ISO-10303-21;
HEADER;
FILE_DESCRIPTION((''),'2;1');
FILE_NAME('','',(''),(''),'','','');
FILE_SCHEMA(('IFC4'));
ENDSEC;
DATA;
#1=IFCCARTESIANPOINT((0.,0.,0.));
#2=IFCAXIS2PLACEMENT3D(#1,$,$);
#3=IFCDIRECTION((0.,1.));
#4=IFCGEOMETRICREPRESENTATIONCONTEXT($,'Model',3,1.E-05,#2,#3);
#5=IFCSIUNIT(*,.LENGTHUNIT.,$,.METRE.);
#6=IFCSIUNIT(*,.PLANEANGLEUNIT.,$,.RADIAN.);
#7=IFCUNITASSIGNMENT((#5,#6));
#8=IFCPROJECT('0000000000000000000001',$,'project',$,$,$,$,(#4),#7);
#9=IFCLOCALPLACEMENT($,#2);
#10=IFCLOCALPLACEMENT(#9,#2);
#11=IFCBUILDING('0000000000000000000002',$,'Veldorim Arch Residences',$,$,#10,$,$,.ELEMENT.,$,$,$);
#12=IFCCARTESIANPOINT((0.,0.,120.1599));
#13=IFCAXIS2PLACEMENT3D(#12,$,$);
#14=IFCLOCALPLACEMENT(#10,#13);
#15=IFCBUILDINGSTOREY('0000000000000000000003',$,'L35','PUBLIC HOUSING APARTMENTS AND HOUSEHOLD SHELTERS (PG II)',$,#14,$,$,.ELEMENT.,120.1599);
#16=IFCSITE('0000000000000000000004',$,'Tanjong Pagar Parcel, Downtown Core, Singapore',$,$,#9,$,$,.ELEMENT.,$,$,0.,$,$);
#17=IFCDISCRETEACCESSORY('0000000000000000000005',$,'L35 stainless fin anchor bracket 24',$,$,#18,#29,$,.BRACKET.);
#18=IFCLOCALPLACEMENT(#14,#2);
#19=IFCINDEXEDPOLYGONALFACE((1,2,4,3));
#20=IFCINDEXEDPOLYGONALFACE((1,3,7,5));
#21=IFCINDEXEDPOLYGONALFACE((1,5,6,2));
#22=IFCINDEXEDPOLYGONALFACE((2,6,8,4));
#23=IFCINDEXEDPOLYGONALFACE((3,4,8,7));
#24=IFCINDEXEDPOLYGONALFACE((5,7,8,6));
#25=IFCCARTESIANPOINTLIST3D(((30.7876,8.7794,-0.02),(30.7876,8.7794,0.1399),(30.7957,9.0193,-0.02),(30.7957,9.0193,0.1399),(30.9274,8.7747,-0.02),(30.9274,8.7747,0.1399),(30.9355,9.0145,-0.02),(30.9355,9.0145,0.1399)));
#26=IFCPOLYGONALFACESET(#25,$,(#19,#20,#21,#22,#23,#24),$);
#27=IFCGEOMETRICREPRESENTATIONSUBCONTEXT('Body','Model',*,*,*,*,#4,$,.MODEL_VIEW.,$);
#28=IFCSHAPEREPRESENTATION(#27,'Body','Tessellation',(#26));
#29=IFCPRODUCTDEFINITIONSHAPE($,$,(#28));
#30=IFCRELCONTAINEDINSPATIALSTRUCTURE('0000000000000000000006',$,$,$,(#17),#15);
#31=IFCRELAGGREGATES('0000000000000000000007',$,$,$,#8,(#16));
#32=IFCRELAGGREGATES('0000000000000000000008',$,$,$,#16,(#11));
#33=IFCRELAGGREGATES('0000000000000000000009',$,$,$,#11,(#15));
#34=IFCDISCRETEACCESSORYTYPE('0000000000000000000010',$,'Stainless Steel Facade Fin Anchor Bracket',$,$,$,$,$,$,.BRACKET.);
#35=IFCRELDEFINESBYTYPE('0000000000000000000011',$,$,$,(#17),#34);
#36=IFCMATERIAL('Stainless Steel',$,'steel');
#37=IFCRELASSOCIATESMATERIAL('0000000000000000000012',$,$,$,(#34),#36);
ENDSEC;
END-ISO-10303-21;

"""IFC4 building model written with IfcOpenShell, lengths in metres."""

from ifc_helpers import new_model, si_unit, direction, frame, origin, origin_2d, place, context, subcontext, project, spatial, rectangle, extrude, material, type_object, element, save


model = new_model("IFC4")

# Units and contexts
model_context = context("Model", 3, precision=1e-05, world=origin(), true_north=direction((0.0, 1.0)))
body_context = subcontext(model_context, "Body", "Model", "MODEL_VIEW")
ifc_project = project(units=[si_unit("LENGTHUNIT", "METRE"), si_unit("PLANEANGLEUNIT", "RADIAN")], contexts=[model_context])

# Site, building, storey
site_placement = place(None, origin())
site = spatial("IfcSite", under=ifc_project, at=site_placement, Name="Tanjong Pagar Parcel, Downtown Core, Singapore", CompositionType="ELEMENT", RefElevation=0.0)
building_placement = place(site_placement, origin())
building = spatial("IfcBuilding", under=site, at=building_placement, Name="Veldorim Arch Residences", CompositionType="ELEMENT")
storey_placement = place(building_placement, frame((0.0, 0.0, 120.1599)))
storey = spatial("IfcBuildingStorey", under=building, at=storey_placement, Name="L35", Description="PUBLIC HOUSING APARTMENTS AND HOUSEHOLD SHELTERS (PG II)", CompositionType="ELEMENT", Elevation=120.1599)

# Discrete accessory
ifc_material_1 = material(Name="Stainless Steel", Category="steel")
discrete_accessory_type = type_object("IfcDiscreteAccessoryType", Name="Stainless Steel Facade Fin Anchor Bracket", PredefinedType="BRACKET", material=ifc_material_1)
discrete_accessory_placement = place(storey_placement, frame((30.8616, 8.897, -0.02), z_axis=(0.0, 0.0, 1.0), x_axis=(-0.999433, 0.033678, 0.0)))
element("IfcDiscreteAccessory", 1, at=discrete_accessory_placement, inside=storey, type_object=discrete_accessory_type, Name="L35 stainless fin anchor bracket 24", PredefinedType="BRACKET", context=body_context, shape_type="SweptSolid", body=[
    extrude(rectangle(XDim=0.1399, YDim=0.24, at=origin_2d()), origin(), (0.0, 0.0, 1.0), 0.1599),
])

save(model, "model.ifc")
